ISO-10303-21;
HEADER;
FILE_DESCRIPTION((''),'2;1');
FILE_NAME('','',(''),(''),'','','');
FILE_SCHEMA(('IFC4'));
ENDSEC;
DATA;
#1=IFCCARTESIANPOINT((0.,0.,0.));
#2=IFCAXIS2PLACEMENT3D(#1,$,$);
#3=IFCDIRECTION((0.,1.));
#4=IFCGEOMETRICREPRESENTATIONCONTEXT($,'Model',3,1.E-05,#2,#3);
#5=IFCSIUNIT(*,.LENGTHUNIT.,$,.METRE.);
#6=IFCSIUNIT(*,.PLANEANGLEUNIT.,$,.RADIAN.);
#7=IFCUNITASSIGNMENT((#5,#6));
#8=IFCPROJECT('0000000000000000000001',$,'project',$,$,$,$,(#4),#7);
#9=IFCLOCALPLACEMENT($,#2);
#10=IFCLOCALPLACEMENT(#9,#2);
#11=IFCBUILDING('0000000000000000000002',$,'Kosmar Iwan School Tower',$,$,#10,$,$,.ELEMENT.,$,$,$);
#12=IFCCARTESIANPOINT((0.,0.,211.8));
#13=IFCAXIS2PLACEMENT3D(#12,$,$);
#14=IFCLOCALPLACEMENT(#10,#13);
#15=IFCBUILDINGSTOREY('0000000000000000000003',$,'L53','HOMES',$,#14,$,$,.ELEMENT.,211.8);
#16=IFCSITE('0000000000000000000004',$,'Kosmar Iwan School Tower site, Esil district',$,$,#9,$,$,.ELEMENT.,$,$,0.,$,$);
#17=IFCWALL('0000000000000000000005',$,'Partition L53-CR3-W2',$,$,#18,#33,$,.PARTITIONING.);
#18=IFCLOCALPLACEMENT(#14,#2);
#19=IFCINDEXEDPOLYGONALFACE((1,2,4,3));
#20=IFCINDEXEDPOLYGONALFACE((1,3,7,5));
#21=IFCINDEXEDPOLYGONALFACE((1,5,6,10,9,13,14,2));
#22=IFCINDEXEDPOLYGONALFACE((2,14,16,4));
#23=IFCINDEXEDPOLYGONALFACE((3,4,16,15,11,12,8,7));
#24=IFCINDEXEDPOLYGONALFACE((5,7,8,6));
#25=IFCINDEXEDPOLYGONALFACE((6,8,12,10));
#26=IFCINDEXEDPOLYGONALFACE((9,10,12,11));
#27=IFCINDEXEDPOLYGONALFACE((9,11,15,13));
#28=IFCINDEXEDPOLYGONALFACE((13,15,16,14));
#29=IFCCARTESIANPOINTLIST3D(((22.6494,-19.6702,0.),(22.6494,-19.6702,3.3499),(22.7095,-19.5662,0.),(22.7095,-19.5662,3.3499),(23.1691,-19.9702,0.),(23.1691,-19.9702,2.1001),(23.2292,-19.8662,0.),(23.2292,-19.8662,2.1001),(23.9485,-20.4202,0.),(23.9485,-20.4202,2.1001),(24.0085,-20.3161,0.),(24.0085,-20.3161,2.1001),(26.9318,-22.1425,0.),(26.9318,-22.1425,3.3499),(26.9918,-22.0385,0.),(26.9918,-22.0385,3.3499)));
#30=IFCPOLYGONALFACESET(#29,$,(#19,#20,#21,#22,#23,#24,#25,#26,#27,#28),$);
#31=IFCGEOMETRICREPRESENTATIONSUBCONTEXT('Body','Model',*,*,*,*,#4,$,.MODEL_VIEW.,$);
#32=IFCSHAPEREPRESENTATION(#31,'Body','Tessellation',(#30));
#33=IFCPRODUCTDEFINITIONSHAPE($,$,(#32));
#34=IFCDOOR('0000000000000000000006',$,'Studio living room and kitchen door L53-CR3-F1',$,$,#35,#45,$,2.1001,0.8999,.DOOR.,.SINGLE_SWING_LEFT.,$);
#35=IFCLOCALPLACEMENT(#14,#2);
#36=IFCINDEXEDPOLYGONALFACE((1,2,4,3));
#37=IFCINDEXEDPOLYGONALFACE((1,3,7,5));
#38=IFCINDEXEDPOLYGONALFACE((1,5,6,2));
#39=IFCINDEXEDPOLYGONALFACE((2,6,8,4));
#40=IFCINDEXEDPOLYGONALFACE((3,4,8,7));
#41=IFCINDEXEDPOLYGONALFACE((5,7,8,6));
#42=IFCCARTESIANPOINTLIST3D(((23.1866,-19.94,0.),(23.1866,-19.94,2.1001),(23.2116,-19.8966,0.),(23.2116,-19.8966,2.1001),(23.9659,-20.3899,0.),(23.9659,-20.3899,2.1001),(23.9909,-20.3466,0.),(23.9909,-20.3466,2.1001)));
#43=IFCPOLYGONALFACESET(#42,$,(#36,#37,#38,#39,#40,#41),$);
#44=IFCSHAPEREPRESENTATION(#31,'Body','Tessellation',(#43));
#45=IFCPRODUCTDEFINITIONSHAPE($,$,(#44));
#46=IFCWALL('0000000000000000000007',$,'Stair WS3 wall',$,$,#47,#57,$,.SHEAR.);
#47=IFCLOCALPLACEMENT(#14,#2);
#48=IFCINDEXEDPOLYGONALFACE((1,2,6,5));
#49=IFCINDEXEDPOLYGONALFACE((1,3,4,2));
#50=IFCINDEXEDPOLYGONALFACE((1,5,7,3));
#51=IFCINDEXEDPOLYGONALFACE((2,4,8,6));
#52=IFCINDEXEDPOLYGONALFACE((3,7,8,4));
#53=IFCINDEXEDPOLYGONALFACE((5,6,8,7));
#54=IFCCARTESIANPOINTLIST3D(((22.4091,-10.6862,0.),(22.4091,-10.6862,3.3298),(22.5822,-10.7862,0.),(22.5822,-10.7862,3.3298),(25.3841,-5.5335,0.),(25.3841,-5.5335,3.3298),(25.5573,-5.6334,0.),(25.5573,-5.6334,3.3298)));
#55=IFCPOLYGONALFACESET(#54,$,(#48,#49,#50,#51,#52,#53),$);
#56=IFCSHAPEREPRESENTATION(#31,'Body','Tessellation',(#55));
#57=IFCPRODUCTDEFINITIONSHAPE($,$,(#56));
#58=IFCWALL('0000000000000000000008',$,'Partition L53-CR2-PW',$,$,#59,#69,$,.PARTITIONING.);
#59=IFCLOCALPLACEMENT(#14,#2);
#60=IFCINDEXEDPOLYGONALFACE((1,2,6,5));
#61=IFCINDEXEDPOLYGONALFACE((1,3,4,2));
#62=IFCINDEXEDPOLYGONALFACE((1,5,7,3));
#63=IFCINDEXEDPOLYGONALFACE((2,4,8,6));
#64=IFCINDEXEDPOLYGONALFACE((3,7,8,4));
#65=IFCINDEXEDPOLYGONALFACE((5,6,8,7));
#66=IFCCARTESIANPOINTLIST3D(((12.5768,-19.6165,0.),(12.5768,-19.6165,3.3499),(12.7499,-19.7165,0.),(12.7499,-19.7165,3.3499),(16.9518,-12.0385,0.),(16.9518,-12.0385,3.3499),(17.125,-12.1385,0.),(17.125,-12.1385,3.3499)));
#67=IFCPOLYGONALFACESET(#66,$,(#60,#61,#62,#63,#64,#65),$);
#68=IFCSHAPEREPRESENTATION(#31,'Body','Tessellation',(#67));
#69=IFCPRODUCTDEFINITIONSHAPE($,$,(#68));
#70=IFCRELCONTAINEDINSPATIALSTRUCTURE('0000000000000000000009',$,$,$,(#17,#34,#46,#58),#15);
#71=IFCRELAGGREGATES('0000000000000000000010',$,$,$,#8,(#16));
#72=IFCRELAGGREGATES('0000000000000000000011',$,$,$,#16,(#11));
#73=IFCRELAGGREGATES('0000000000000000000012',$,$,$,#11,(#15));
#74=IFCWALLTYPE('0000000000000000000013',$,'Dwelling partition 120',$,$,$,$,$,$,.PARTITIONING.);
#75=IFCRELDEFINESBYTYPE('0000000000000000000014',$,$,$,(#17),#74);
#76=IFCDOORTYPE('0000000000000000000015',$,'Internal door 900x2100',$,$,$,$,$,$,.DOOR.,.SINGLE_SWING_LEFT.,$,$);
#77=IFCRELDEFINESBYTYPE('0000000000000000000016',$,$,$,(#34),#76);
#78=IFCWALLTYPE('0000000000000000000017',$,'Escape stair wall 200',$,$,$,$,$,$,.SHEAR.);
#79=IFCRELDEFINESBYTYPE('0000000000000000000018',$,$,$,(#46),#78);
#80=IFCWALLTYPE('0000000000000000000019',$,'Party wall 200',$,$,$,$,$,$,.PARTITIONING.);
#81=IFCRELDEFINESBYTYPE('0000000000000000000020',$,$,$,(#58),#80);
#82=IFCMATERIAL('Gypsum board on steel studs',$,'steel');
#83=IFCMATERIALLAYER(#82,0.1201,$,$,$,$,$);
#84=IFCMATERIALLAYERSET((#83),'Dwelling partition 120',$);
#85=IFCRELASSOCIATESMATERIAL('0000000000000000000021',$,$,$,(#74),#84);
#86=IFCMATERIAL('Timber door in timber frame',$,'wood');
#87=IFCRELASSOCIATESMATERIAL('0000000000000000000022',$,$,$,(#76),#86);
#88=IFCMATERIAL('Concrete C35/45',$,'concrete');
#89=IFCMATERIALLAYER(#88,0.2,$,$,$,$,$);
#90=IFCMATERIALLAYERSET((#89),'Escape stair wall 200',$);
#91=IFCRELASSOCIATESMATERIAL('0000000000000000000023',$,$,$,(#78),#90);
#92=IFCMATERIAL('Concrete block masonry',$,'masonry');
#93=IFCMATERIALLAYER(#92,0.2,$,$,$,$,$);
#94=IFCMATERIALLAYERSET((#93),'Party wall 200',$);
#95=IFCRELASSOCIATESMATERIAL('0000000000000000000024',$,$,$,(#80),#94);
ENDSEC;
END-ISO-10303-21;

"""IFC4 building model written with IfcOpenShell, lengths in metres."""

from ifc_helpers import new_model, si_unit, direction, frame, frame_2d, origin, place, context, subcontext, project, spatial, rectangle, extrude, material, layer, layer_set, type_object, element, fill, save


model = new_model("IFC4")

# Units and contexts
model_context = context("Model", 3, precision=1e-05, world=origin(), true_north=direction((0.0, 1.0)))
body_context = subcontext(model_context, "Body", "Model", "MODEL_VIEW")
ifc_project = project(units=[si_unit("LENGTHUNIT", "METRE"), si_unit("PLANEANGLEUNIT", "RADIAN")], contexts=[model_context])

# Site, building, storey
site_placement = place(None, origin())
site = spatial("IfcSite", under=ifc_project, at=site_placement, Name="Kosmar Iwan School Tower site, Esil district", CompositionType="ELEMENT", RefElevation=0.0)
building_placement = place(site_placement, origin())
building = spatial("IfcBuilding", under=site, at=building_placement, Name="Kosmar Iwan School Tower", CompositionType="ELEMENT")
storey_placement = place(building_placement, frame((0.0, 0.0, 211.8)))
storey = spatial("IfcBuildingStorey", under=building, at=storey_placement, Name="L53", Description="HOMES", CompositionType="ELEMENT", Elevation=211.8)

# Shared definitions
ifc_material_1 = material(Name="Gypsum board on steel studs", Category="steel")
ifc_layer_1 = layer(ifc_material_1, 0.1201)
ifc_layer_set_1 = layer_set([ifc_layer_1], Name="Dwelling partition 120")
wall_type_1 = type_object("IfcWallType", Name="Dwelling partition 120", PredefinedType="PARTITIONING", material=ifc_layer_set_1)

# Shared definitions
ifc_material_2 = material(Name="Timber door in timber frame", Category="wood")
door_type_1 = type_object("IfcDoorType", Name="Internal door 900x2100", OperationType="SINGLE_SWING_LEFT", PredefinedType="DOOR", material=ifc_material_2)

# Wall, opening, door
wall_1_placement = place(storey_placement, frame((22.6794, -19.6182, 0.0), z_axis=(0.0, 0.0, 1.0), x_axis=(0.866032, -0.499989, 0.0)))
wall_1 = element("IfcWall", 1, at=wall_1_placement, inside=storey, type_object=wall_type_1, Name="Partition L53-CR3-W2", PredefinedType="PARTITIONING", context=body_context, shape_type="SweptSolid", body=[
    extrude(rectangle(XDim=4.9448, YDim=0.1201, at=frame_2d((2.4724, 0.0))), origin(), (0.0, 0.0, 1.0), 3.3499),
])
opening_1_placement = place(wall_1_placement, frame((0.6001, 0.0, 0.0)))
opening_1 = element("IfcOpeningElement", 2, at=opening_1_placement, cuts=wall_1, PredefinedType="OPENING", context=body_context, shape_type="SweptSolid", body=[
    extrude(rectangle(XDim=0.8999, YDim=2.1001, at=frame_2d((0.45, 1.05))), frame((0.0, 0.072, 0.0), z_axis=(0.0, -1.0, 0.0), x_axis=(1.0, 0.0, 0.0)), (0.0, 0.0, 1.0), 0.144),
])
door_1_placement = place(opening_1_placement, origin())
door_1 = element("IfcDoor", 3, at=door_1_placement, inside=storey, type_object=door_type_1, Name="Studio living room and kitchen door L53-CR3-F1", OperationType="SINGLE_SWING_LEFT", OverallHeight=2.1001, OverallWidth=0.8999, PredefinedType="DOOR", context=body_context, shape_type="SweptSolid", body=[
    extrude(rectangle(XDim=0.8999, YDim=2.1001, at=frame_2d((0.45, 1.05))), frame((0.0, 0.0249, 0.0), z_axis=(0.0, -1.0, 0.0), x_axis=(1.0, 0.0, 0.0)), (0.0, 0.0, 1.0), 0.05),
])
fill(opening_1, door_1)

# Walls
ifc_material_3 = material(Name="Concrete C35/45", Category="concrete")
ifc_layer_2 = layer(ifc_material_3, 0.2)
ifc_layer_set_2 = layer_set([ifc_layer_2], Name="Escape stair wall 200")
wall_type_2 = type_object("IfcWallType", Name="Escape stair wall 200", PredefinedType="SHEAR", material=ifc_layer_set_2)
wall_2_placement = place(storey_placement, frame((22.4956, -10.7363, 0.0), z_axis=(0.0, 0.0, 1.0), x_axis=(0.500014, 0.866017, 0.0)))
element("IfcWall", 4, at=wall_2_placement, inside=storey, type_object=wall_type_2, Name="Stair WS3 wall", PredefinedType="SHEAR", context=body_context, shape_type="SweptSolid", body=[
    extrude(rectangle(XDim=5.95, YDim=0.2, at=frame_2d((2.9751, 0.0))), origin(), (0.0, 0.0, 1.0), 3.3298),
])
ifc_material_4 = material(Name="Concrete block masonry", Category="masonry")
ifc_layer_3 = layer(ifc_material_4, 0.2)
ifc_layer_set_3 = layer_set([ifc_layer_3], Name="Party wall 200")
wall_type_3 = type_object("IfcWallType", Name="Party wall 200", PredefinedType="PARTITIONING", material=ifc_layer_set_3)
wall_3_placement = place(storey_placement, frame((17.0383, -12.0886, 0.0), z_axis=(0.0, 0.0, 1.0), x_axis=(-0.499992, -0.86603, 0.0)))
element("IfcWall", 5, at=wall_3_placement, inside=storey, type_object=wall_type_3, Name="Partition L53-CR2-PW", PredefinedType="PARTITIONING", context=body_context, shape_type="SweptSolid", body=[
    extrude(rectangle(XDim=8.7502, YDim=0.2, at=frame_2d((4.375, 0.0))), origin(), (0.0, 0.0, 1.0), 3.3499),
])

save(model, "model.ifc")
